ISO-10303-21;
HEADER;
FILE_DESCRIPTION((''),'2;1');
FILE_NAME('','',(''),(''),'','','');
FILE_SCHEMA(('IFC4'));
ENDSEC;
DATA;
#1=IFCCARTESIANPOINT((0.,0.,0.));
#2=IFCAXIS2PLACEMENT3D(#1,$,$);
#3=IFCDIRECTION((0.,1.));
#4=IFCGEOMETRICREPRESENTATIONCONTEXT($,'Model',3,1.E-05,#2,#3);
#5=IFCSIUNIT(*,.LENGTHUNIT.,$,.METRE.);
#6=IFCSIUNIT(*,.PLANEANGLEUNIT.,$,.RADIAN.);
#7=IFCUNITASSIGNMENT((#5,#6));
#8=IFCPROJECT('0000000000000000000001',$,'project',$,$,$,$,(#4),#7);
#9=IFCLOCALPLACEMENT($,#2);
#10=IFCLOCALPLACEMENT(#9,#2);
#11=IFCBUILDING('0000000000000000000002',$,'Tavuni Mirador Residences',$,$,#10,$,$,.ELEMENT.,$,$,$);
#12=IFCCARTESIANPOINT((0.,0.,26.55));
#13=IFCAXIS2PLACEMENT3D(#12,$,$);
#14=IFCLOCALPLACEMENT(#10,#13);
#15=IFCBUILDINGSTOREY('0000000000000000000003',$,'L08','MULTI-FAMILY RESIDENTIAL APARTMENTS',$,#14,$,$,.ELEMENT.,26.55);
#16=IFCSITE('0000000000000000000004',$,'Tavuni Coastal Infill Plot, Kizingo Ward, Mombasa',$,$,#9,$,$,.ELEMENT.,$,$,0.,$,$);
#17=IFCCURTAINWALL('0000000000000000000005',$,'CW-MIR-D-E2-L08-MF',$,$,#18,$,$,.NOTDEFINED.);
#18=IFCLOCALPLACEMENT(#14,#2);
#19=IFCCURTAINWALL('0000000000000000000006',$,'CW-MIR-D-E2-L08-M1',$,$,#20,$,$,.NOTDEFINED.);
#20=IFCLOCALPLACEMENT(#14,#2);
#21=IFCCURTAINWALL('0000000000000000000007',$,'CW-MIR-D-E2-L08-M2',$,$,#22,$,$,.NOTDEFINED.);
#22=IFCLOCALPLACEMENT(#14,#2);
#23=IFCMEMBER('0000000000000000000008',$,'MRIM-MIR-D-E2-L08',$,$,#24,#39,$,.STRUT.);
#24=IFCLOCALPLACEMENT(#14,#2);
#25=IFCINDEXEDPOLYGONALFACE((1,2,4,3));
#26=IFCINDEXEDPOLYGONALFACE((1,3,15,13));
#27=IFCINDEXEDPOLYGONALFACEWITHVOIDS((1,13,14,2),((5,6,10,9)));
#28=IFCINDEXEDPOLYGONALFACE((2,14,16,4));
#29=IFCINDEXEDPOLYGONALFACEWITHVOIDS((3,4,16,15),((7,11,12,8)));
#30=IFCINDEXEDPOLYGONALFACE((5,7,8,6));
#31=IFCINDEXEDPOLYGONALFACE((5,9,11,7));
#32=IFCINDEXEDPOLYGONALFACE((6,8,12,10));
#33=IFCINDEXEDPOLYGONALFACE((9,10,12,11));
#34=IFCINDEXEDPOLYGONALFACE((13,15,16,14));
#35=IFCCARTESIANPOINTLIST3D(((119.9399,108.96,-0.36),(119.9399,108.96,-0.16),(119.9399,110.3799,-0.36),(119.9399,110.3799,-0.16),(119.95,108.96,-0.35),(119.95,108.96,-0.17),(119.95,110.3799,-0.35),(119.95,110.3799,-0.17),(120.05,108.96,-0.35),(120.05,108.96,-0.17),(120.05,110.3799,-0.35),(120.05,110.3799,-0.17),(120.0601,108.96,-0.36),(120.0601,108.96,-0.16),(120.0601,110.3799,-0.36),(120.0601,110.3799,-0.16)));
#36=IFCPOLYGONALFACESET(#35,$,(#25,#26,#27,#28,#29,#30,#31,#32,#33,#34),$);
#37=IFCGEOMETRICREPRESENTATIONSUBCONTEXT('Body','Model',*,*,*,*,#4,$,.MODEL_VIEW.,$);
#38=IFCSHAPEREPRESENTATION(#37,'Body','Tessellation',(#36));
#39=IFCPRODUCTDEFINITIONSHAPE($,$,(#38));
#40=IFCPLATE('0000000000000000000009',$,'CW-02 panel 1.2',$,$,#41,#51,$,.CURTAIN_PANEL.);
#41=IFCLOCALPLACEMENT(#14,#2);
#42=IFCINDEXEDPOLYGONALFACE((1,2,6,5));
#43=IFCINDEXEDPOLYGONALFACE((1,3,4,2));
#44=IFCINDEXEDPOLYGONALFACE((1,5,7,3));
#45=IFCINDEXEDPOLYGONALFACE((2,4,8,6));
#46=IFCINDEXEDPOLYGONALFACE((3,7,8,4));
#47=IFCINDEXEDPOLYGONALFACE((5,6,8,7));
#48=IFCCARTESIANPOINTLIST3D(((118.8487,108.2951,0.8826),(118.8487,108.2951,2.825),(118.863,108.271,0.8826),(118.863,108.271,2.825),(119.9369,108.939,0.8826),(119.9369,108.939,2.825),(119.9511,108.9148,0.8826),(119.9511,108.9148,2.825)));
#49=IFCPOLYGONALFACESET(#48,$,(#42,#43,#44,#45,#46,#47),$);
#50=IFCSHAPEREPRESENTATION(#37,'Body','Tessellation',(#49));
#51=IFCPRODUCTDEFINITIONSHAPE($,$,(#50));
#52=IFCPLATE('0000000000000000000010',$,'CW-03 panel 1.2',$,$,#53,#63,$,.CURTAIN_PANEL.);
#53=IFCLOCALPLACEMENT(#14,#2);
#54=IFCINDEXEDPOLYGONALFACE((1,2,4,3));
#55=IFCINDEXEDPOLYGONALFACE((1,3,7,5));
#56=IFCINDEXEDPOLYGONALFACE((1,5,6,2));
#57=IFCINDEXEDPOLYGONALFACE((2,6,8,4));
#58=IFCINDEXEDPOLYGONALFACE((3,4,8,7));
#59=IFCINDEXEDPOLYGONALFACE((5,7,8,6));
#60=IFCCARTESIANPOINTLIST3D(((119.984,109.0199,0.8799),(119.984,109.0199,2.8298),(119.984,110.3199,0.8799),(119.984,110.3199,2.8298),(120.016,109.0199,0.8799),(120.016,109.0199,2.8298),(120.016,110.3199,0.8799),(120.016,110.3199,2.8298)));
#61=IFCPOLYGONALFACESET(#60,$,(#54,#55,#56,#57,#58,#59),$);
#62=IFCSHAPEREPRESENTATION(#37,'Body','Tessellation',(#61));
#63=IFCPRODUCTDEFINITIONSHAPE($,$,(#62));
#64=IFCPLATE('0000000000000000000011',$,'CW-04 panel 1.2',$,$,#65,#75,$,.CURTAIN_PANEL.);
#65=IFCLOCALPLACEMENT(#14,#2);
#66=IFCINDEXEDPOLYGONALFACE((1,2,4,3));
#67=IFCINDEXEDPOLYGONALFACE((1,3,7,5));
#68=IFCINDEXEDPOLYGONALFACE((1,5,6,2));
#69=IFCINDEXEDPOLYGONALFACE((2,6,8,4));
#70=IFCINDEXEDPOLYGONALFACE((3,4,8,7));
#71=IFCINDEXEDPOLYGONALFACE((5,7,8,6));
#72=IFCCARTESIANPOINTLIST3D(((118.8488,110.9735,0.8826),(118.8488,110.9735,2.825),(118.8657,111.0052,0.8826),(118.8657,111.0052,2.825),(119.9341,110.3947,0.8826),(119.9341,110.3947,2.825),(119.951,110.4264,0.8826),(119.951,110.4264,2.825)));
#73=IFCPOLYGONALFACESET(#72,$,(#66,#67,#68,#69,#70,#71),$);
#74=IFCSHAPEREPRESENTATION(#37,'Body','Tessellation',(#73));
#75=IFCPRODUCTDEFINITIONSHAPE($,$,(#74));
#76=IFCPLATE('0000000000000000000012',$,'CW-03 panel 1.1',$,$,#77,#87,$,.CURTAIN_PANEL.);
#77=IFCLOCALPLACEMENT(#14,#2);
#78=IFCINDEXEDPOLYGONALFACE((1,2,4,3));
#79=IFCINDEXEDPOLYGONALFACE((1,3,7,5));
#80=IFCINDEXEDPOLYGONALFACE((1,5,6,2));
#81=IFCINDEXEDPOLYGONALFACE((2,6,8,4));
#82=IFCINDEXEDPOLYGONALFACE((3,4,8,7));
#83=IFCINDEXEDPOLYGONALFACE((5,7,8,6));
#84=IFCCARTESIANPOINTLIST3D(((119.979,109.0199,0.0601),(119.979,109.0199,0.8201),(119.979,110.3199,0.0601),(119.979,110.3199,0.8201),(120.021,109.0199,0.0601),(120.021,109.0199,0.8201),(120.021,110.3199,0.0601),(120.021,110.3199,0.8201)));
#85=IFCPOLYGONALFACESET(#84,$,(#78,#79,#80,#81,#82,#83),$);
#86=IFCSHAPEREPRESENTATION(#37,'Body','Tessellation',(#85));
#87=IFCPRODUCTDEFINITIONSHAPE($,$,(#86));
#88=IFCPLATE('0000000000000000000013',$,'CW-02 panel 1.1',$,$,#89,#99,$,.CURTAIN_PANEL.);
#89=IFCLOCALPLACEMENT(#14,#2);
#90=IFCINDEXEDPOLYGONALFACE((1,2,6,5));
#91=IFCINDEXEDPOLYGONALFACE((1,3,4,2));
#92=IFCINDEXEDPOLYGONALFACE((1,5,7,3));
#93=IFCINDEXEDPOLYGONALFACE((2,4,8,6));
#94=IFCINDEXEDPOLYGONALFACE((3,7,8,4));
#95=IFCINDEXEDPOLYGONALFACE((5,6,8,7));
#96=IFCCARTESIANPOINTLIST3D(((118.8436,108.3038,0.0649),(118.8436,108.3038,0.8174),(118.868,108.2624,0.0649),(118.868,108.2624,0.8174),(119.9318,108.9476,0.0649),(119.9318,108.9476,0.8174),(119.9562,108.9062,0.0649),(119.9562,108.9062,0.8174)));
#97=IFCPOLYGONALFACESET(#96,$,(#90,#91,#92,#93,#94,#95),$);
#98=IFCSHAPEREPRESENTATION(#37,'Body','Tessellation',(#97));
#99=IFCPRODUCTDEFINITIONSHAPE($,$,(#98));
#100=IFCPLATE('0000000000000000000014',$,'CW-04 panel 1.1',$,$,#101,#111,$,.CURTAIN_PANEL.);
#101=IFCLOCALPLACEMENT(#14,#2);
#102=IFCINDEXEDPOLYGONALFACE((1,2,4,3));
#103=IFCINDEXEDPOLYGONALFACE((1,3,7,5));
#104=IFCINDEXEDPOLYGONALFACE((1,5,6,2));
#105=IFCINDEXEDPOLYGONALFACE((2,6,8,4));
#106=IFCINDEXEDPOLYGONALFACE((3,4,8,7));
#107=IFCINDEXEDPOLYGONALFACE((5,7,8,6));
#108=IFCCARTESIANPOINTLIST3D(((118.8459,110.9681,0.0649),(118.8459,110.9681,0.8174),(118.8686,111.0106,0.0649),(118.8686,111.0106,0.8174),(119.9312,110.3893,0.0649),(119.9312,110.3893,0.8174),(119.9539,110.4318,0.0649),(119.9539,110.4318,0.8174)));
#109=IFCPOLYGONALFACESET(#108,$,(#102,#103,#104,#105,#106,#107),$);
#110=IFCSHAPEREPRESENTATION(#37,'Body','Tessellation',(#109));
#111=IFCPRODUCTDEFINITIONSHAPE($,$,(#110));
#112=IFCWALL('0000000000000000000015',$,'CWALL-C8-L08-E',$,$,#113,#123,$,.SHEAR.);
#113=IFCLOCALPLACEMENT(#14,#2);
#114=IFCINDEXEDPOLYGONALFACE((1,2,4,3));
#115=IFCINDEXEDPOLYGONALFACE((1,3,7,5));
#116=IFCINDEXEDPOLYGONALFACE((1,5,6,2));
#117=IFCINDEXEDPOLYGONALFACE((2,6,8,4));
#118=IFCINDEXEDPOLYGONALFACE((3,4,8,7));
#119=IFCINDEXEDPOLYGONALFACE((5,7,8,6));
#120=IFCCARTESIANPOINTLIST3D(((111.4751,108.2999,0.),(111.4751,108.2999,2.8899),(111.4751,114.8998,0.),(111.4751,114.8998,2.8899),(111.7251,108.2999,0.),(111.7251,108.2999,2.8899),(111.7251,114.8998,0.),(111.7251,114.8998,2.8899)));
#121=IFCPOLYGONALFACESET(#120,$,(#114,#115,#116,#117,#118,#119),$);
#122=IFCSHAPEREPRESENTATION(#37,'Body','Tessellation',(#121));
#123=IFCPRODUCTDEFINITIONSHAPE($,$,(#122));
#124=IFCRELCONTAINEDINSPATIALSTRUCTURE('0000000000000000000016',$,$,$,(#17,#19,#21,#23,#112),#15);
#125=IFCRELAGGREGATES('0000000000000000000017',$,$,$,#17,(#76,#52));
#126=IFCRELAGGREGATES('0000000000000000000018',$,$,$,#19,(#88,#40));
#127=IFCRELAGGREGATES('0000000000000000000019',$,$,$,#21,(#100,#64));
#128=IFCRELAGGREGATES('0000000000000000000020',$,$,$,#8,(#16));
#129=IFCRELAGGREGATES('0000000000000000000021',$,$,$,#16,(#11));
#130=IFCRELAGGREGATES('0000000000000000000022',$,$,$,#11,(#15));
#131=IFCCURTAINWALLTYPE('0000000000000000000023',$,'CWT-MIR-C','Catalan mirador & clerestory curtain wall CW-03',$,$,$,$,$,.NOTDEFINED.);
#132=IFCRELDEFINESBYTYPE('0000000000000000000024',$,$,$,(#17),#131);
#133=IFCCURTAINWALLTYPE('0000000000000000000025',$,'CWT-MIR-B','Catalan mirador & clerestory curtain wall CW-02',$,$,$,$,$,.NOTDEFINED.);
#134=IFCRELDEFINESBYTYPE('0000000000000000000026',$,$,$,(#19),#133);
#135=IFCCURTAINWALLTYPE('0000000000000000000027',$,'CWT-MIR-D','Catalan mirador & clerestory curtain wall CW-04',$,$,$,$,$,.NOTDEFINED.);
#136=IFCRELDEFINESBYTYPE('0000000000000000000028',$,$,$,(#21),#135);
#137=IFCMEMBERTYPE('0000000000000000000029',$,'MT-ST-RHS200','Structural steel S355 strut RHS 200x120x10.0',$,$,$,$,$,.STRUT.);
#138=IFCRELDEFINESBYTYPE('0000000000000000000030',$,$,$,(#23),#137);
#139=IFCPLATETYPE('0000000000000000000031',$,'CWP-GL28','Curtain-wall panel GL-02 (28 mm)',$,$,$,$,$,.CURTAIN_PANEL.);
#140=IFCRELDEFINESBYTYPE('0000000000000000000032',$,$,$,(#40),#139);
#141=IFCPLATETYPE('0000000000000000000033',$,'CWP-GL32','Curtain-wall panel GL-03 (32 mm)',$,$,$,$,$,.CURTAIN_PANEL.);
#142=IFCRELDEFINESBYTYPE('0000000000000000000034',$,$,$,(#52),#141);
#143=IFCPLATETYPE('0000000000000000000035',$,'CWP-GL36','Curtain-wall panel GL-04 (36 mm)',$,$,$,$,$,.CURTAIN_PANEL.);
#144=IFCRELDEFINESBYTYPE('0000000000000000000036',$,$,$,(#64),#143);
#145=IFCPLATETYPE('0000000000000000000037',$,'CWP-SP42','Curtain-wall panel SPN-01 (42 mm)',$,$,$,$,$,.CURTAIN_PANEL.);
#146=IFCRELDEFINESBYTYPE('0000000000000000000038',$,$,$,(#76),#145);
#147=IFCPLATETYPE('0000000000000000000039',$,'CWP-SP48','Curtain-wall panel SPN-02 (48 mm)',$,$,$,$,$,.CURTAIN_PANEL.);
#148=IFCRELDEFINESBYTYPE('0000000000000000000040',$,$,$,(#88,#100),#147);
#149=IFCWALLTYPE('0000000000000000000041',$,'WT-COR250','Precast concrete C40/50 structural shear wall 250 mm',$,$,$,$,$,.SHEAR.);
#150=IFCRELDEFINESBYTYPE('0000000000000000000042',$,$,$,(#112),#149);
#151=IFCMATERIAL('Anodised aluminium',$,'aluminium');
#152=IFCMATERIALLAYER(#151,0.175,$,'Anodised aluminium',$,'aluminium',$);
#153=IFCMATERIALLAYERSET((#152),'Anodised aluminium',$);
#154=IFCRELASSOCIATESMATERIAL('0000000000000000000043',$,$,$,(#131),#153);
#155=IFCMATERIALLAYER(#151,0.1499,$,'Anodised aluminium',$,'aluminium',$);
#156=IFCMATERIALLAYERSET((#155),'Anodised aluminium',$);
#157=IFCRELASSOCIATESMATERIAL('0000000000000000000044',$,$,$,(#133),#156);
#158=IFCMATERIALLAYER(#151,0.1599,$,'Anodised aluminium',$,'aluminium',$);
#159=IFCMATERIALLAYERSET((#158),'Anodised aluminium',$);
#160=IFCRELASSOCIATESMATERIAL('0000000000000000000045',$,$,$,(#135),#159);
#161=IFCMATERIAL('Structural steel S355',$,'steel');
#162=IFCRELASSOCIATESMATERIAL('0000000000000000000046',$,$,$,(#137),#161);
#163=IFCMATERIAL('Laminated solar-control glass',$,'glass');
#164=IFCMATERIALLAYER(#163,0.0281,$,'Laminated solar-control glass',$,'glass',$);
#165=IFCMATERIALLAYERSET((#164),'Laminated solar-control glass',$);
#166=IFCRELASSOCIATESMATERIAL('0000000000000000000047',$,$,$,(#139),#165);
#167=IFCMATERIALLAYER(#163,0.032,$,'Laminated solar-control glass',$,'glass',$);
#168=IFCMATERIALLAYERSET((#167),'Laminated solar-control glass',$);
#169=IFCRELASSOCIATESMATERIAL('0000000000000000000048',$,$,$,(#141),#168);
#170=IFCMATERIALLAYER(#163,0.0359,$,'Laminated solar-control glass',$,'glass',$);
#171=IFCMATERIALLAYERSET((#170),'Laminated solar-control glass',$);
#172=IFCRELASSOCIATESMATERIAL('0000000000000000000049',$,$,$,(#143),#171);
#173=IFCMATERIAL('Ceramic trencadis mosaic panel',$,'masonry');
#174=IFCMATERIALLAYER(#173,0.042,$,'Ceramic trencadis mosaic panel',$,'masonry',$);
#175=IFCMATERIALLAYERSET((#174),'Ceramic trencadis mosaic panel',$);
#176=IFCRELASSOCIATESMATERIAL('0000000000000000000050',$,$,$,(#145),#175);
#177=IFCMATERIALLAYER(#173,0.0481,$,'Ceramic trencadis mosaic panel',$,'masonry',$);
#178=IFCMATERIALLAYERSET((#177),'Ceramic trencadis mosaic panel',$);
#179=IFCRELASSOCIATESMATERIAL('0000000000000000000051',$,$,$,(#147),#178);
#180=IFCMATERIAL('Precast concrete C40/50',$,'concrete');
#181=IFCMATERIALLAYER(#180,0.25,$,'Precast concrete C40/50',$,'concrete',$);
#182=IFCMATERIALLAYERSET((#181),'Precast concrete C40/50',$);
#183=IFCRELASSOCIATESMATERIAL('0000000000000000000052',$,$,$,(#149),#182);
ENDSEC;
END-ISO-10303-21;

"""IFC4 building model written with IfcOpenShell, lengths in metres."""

from ifc_helpers import new_model, si_unit, direction, frame, frame_2d, origin, origin_2d, place, context, subcontext, project, spatial, rectangle, hollow_rectangle, extrude, material, layer, layer_set, material_profile, profile_set, type_object, element, aggregate, save


model = new_model("IFC4")

# Units and contexts
model_context = context("Model", 3, precision=1e-05, world=origin(), true_north=direction((0.0, 1.0)))
body_context = subcontext(model_context, "Body", "Model", "MODEL_VIEW")
ifc_project = project(units=[si_unit("LENGTHUNIT", "METRE"), si_unit("PLANEANGLEUNIT", "RADIAN")], contexts=[model_context])

# Site, building, storey
site_placement = place(None, origin())
site = spatial("IfcSite", under=ifc_project, at=site_placement, Name="Tavuni Coastal Infill Plot, Kizingo Ward, Mombasa", CompositionType="ELEMENT", RefElevation=0.0)
building_placement = place(site_placement, origin())
building = spatial("IfcBuilding", under=site, at=building_placement, Name="Tavuni Mirador Residences", CompositionType="ELEMENT")
storey_placement = place(building_placement, frame((0.0, 0.0, 26.55)))
storey = spatial("IfcBuildingStorey", under=building, at=storey_placement, Name="L08", Description="MULTI-FAMILY RESIDENTIAL APARTMENTS", CompositionType="ELEMENT", Elevation=26.55)

# Curtain wall
ifc_material_1 = material(Name="Anodised aluminium", Category="aluminium")
ifc_layer_1 = layer(ifc_material_1, 0.175, Name="Anodised aluminium", Category="aluminium")
ifc_layer_set_1 = layer_set([ifc_layer_1], Name="Anodised aluminium")
curtain_wall_type_1 = type_object("IfcCurtainWallType", Name="CWT-MIR-C", Description="Catalan mirador & clerestory curtain wall CW-03", PredefinedType="NOTDEFINED", material=ifc_layer_set_1)
curtain_wall_1_placement = place(storey_placement, origin())
curtain_wall_1 = element("IfcCurtainWall", 1, at=curtain_wall_1_placement, inside=storey, type_object=curtain_wall_type_1, Name="CW-MIR-D-E2-L08-MF", PredefinedType="NOTDEFINED")

# Curtain walls
ifc_layer_2 = layer(ifc_material_1, 0.1499, Name="Anodised aluminium", Category="aluminium")
ifc_layer_set_2 = layer_set([ifc_layer_2], Name="Anodised aluminium")
curtain_wall_type_2 = type_object("IfcCurtainWallType", Name="CWT-MIR-B", Description="Catalan mirador & clerestory curtain wall CW-02", PredefinedType="NOTDEFINED", material=ifc_layer_set_2)
curtain_wall_2_placement = place(storey_placement, origin())
curtain_wall_2 = element("IfcCurtainWall", 2, at=curtain_wall_2_placement, inside=storey, type_object=curtain_wall_type_2, Name="CW-MIR-D-E2-L08-M1", PredefinedType="NOTDEFINED")
ifc_layer_3 = layer(ifc_material_1, 0.1599, Name="Anodised aluminium", Category="aluminium")
ifc_layer_set_3 = layer_set([ifc_layer_3], Name="Anodised aluminium")
curtain_wall_type_3 = type_object("IfcCurtainWallType", Name="CWT-MIR-D", Description="Catalan mirador & clerestory curtain wall CW-04", PredefinedType="NOTDEFINED", material=ifc_layer_set_3)
curtain_wall_3_placement = place(storey_placement, origin())
curtain_wall_3 = element("IfcCurtainWall", 3, at=curtain_wall_3_placement, inside=storey, type_object=curtain_wall_type_3, Name="CW-MIR-D-E2-L08-M2", PredefinedType="NOTDEFINED")

# Member
ifc_material_2 = material(Name="Structural steel S355", Category="steel")
ifc_material_profile_1 = material_profile(ifc_material_2, hollow_rectangle(XDim=0.1201, YDim=0.2, WallThickness=0.01, at=origin_2d()), Name="RHS 200x120x10.0", Category="steel")
ifc_profile_set_1 = profile_set([ifc_material_profile_1], Name="Structural steel S355")
member_type_1 = type_object("IfcMemberType", Name="MT-ST-RHS200", Description="Structural steel S355 strut RHS 200x120x10.0", PredefinedType="STRUT", material=ifc_profile_set_1)
member_1_placement = place(storey_placement, frame((120.0, 108.96, -0.26), z_axis=(0.0, 1.0, 0.0), x_axis=(-1.0, 0.0, 0.0)))
element("IfcMember", 4, at=member_1_placement, inside=storey, type_object=member_type_1, Name="MRIM-MIR-D-E2-L08", PredefinedType="STRUT", context=body_context, shape_type="SweptSolid", body=[
    extrude(hollow_rectangle(XDim=0.1201, YDim=0.2, WallThickness=0.01, at=origin_2d()), origin(), (0.0, 0.0, 1.0), 1.4199),
])

# Plates
ifc_material_3 = material(Name="Laminated solar-control glass", Category="glass")
ifc_layer_4 = layer(ifc_material_3, 0.0281, Name="Laminated solar-control glass", Category="glass")
ifc_layer_set_4 = layer_set([ifc_layer_4], Name="Laminated solar-control glass")
plate_type_1 = type_object("IfcPlateType", Name="CWP-GL28", Description="Curtain-wall panel GL-02 (28 mm)", PredefinedType="CURTAIN_PANEL", material=ifc_layer_set_4)
plate_1_placement = place(storey_placement, frame((119.3999, 108.605, 0.8826), z_axis=(0.0, 0.0, 1.0), x_axis=(0.860641, 0.509212, 0.0)))
plate_1 = element("IfcPlate", 5, at=plate_1_placement, type_object=plate_type_1, Name="CW-02 panel 1.2", PredefinedType="CURTAIN_PANEL", context=body_context, shape_type="SweptSolid", body=[
    extrude(rectangle(XDim=1.2644, YDim=0.0281, at=origin_2d()), origin(), (0.0, 0.0, 1.0), 1.9424),
])
ifc_layer_5 = layer(ifc_material_3, 0.032, Name="Laminated solar-control glass", Category="glass")
ifc_layer_set_5 = layer_set([ifc_layer_5], Name="Laminated solar-control glass")
plate_type_2 = type_object("IfcPlateType", Name="CWP-GL32", Description="Curtain-wall panel GL-03 (32 mm)", PredefinedType="CURTAIN_PANEL", material=ifc_layer_set_5)
plate_2_placement = place(storey_placement, frame((120.0, 109.6699, 0.8799), z_axis=(0.0, 0.0, 1.0), x_axis=(0.0, 1.0, 0.0)))
plate_2 = element("IfcPlate", 6, at=plate_2_placement, type_object=plate_type_2, Name="CW-03 panel 1.2", PredefinedType="CURTAIN_PANEL", context=body_context, shape_type="SweptSolid", body=[
    extrude(rectangle(XDim=1.3, YDim=0.032, at=origin_2d()), origin(), (0.0, 0.0, 1.0), 1.95),
])
ifc_layer_6 = layer(ifc_material_3, 0.0359, Name="Laminated solar-control glass", Category="glass")
ifc_layer_set_6 = layer_set([ifc_layer_6], Name="Laminated solar-control glass")
plate_type_3 = type_object("IfcPlateType", Name="CWP-GL36", Description="Curtain-wall panel GL-04 (36 mm)", PredefinedType="CURTAIN_PANEL", material=ifc_layer_set_6)
plate_3_placement = place(storey_placement, frame((119.3999, 110.7, 0.8826), z_axis=(0.0, 0.0, 1.0), x_axis=(-0.882353, 0.470588, 0.0)))
plate_3 = element("IfcPlate", 7, at=plate_3_placement, type_object=plate_type_3, Name="CW-04 panel 1.2", PredefinedType="CURTAIN_PANEL", context=body_context, shape_type="SweptSolid", body=[
    extrude(rectangle(XDim=1.23, YDim=0.0359, at=origin_2d()), origin(), (0.0, 0.0, 1.0), 1.9424),
])
ifc_material_4 = material(Name="Ceramic trencadis mosaic panel", Category="masonry")
ifc_layer_7 = layer(ifc_material_4, 0.042, Name="Ceramic trencadis mosaic panel", Category="masonry")
ifc_layer_set_7 = layer_set([ifc_layer_7], Name="Ceramic trencadis mosaic panel")
plate_type_4 = type_object("IfcPlateType", Name="CWP-SP42", Description="Curtain-wall panel SPN-01 (42 mm)", PredefinedType="CURTAIN_PANEL", material=ifc_layer_set_7)
plate_4_placement = place(storey_placement, frame((120.0, 109.6699, 0.0601), z_axis=(0.0, 0.0, 1.0), x_axis=(0.0, 1.0, 0.0)))
plate_4 = element("IfcPlate", 8, at=plate_4_placement, type_object=plate_type_4, Name="CW-03 panel 1.1", PredefinedType="CURTAIN_PANEL", context=body_context, shape_type="SweptSolid", body=[
    extrude(rectangle(XDim=1.3, YDim=0.042, at=origin_2d()), origin(), (0.0, 0.0, 1.0), 0.76),
])
aggregate(curtain_wall_1, [plate_4, plate_2])
ifc_layer_8 = layer(ifc_material_4, 0.0481, Name="Ceramic trencadis mosaic panel", Category="masonry")
ifc_layer_set_8 = layer_set([ifc_layer_8], Name="Ceramic trencadis mosaic panel")
plate_type_5 = type_object("IfcPlateType", Name="CWP-SP48", Description="Curtain-wall panel SPN-02 (48 mm)", PredefinedType="CURTAIN_PANEL", material=ifc_layer_set_8)
plate_5_placement = place(storey_placement, frame((119.3999, 108.605, 0.0649), z_axis=(0.0, 0.0, 1.0), x_axis=(0.860641, 0.509212, 0.0)))
plate_5 = element("IfcPlate", 9, at=plate_5_placement, type_object=plate_type_5, Name="CW-02 panel 1.1", PredefinedType="CURTAIN_PANEL", context=body_context, shape_type="SweptSolid", body=[
    extrude(rectangle(XDim=1.2644, YDim=0.0481, at=origin_2d()), origin(), (0.0, 0.0, 1.0), 0.7524),
])
aggregate(curtain_wall_2, [plate_5, plate_1])
plate_6_placement = place(storey_placement, frame((119.3999, 110.7, 0.0649), z_axis=(0.0, 0.0, 1.0), x_axis=(-0.882353, 0.470588, 0.0)))
plate_6 = element("IfcPlate", 10, at=plate_6_placement, type_object=plate_type_5, Name="CW-04 panel 1.1", PredefinedType="CURTAIN_PANEL", context=body_context, shape_type="SweptSolid", body=[
    extrude(rectangle(XDim=1.23, YDim=0.0481, at=origin_2d()), origin(), (0.0, 0.0, 1.0), 0.7524),
])
aggregate(curtain_wall_3, [plate_6, plate_3])

# Wall
ifc_material_5 = material(Name="Precast concrete C40/50", Category="concrete")
ifc_layer_9 = layer(ifc_material_5, 0.25, Name="Precast concrete C40/50", Category="concrete")
ifc_layer_set_9 = layer_set([ifc_layer_9], Name="Precast concrete C40/50")
wall_type = type_object("IfcWallType", Name="WT-COR250", Description="Precast concrete C40/50 structural shear wall 250 mm", PredefinedType="SHEAR", material=ifc_layer_set_9)
wall_placement = place(storey_placement, frame((111.6001, 108.3, 0.0), z_axis=(0.0, 0.0, 1.0), x_axis=(0.0, 1.0, 0.0)))
element("IfcWall", 11, at=wall_placement, inside=storey, type_object=wall_type, Name="CWALL-C8-L08-E", PredefinedType="SHEAR", context=body_context, shape_type="SweptSolid", body=[
    extrude(rectangle(XDim=6.5999, YDim=0.25, at=frame_2d((3.2998, 0.0))), origin(), (0.0, 0.0, 1.0), 2.8899),
])

save(model, "model.ifc")
